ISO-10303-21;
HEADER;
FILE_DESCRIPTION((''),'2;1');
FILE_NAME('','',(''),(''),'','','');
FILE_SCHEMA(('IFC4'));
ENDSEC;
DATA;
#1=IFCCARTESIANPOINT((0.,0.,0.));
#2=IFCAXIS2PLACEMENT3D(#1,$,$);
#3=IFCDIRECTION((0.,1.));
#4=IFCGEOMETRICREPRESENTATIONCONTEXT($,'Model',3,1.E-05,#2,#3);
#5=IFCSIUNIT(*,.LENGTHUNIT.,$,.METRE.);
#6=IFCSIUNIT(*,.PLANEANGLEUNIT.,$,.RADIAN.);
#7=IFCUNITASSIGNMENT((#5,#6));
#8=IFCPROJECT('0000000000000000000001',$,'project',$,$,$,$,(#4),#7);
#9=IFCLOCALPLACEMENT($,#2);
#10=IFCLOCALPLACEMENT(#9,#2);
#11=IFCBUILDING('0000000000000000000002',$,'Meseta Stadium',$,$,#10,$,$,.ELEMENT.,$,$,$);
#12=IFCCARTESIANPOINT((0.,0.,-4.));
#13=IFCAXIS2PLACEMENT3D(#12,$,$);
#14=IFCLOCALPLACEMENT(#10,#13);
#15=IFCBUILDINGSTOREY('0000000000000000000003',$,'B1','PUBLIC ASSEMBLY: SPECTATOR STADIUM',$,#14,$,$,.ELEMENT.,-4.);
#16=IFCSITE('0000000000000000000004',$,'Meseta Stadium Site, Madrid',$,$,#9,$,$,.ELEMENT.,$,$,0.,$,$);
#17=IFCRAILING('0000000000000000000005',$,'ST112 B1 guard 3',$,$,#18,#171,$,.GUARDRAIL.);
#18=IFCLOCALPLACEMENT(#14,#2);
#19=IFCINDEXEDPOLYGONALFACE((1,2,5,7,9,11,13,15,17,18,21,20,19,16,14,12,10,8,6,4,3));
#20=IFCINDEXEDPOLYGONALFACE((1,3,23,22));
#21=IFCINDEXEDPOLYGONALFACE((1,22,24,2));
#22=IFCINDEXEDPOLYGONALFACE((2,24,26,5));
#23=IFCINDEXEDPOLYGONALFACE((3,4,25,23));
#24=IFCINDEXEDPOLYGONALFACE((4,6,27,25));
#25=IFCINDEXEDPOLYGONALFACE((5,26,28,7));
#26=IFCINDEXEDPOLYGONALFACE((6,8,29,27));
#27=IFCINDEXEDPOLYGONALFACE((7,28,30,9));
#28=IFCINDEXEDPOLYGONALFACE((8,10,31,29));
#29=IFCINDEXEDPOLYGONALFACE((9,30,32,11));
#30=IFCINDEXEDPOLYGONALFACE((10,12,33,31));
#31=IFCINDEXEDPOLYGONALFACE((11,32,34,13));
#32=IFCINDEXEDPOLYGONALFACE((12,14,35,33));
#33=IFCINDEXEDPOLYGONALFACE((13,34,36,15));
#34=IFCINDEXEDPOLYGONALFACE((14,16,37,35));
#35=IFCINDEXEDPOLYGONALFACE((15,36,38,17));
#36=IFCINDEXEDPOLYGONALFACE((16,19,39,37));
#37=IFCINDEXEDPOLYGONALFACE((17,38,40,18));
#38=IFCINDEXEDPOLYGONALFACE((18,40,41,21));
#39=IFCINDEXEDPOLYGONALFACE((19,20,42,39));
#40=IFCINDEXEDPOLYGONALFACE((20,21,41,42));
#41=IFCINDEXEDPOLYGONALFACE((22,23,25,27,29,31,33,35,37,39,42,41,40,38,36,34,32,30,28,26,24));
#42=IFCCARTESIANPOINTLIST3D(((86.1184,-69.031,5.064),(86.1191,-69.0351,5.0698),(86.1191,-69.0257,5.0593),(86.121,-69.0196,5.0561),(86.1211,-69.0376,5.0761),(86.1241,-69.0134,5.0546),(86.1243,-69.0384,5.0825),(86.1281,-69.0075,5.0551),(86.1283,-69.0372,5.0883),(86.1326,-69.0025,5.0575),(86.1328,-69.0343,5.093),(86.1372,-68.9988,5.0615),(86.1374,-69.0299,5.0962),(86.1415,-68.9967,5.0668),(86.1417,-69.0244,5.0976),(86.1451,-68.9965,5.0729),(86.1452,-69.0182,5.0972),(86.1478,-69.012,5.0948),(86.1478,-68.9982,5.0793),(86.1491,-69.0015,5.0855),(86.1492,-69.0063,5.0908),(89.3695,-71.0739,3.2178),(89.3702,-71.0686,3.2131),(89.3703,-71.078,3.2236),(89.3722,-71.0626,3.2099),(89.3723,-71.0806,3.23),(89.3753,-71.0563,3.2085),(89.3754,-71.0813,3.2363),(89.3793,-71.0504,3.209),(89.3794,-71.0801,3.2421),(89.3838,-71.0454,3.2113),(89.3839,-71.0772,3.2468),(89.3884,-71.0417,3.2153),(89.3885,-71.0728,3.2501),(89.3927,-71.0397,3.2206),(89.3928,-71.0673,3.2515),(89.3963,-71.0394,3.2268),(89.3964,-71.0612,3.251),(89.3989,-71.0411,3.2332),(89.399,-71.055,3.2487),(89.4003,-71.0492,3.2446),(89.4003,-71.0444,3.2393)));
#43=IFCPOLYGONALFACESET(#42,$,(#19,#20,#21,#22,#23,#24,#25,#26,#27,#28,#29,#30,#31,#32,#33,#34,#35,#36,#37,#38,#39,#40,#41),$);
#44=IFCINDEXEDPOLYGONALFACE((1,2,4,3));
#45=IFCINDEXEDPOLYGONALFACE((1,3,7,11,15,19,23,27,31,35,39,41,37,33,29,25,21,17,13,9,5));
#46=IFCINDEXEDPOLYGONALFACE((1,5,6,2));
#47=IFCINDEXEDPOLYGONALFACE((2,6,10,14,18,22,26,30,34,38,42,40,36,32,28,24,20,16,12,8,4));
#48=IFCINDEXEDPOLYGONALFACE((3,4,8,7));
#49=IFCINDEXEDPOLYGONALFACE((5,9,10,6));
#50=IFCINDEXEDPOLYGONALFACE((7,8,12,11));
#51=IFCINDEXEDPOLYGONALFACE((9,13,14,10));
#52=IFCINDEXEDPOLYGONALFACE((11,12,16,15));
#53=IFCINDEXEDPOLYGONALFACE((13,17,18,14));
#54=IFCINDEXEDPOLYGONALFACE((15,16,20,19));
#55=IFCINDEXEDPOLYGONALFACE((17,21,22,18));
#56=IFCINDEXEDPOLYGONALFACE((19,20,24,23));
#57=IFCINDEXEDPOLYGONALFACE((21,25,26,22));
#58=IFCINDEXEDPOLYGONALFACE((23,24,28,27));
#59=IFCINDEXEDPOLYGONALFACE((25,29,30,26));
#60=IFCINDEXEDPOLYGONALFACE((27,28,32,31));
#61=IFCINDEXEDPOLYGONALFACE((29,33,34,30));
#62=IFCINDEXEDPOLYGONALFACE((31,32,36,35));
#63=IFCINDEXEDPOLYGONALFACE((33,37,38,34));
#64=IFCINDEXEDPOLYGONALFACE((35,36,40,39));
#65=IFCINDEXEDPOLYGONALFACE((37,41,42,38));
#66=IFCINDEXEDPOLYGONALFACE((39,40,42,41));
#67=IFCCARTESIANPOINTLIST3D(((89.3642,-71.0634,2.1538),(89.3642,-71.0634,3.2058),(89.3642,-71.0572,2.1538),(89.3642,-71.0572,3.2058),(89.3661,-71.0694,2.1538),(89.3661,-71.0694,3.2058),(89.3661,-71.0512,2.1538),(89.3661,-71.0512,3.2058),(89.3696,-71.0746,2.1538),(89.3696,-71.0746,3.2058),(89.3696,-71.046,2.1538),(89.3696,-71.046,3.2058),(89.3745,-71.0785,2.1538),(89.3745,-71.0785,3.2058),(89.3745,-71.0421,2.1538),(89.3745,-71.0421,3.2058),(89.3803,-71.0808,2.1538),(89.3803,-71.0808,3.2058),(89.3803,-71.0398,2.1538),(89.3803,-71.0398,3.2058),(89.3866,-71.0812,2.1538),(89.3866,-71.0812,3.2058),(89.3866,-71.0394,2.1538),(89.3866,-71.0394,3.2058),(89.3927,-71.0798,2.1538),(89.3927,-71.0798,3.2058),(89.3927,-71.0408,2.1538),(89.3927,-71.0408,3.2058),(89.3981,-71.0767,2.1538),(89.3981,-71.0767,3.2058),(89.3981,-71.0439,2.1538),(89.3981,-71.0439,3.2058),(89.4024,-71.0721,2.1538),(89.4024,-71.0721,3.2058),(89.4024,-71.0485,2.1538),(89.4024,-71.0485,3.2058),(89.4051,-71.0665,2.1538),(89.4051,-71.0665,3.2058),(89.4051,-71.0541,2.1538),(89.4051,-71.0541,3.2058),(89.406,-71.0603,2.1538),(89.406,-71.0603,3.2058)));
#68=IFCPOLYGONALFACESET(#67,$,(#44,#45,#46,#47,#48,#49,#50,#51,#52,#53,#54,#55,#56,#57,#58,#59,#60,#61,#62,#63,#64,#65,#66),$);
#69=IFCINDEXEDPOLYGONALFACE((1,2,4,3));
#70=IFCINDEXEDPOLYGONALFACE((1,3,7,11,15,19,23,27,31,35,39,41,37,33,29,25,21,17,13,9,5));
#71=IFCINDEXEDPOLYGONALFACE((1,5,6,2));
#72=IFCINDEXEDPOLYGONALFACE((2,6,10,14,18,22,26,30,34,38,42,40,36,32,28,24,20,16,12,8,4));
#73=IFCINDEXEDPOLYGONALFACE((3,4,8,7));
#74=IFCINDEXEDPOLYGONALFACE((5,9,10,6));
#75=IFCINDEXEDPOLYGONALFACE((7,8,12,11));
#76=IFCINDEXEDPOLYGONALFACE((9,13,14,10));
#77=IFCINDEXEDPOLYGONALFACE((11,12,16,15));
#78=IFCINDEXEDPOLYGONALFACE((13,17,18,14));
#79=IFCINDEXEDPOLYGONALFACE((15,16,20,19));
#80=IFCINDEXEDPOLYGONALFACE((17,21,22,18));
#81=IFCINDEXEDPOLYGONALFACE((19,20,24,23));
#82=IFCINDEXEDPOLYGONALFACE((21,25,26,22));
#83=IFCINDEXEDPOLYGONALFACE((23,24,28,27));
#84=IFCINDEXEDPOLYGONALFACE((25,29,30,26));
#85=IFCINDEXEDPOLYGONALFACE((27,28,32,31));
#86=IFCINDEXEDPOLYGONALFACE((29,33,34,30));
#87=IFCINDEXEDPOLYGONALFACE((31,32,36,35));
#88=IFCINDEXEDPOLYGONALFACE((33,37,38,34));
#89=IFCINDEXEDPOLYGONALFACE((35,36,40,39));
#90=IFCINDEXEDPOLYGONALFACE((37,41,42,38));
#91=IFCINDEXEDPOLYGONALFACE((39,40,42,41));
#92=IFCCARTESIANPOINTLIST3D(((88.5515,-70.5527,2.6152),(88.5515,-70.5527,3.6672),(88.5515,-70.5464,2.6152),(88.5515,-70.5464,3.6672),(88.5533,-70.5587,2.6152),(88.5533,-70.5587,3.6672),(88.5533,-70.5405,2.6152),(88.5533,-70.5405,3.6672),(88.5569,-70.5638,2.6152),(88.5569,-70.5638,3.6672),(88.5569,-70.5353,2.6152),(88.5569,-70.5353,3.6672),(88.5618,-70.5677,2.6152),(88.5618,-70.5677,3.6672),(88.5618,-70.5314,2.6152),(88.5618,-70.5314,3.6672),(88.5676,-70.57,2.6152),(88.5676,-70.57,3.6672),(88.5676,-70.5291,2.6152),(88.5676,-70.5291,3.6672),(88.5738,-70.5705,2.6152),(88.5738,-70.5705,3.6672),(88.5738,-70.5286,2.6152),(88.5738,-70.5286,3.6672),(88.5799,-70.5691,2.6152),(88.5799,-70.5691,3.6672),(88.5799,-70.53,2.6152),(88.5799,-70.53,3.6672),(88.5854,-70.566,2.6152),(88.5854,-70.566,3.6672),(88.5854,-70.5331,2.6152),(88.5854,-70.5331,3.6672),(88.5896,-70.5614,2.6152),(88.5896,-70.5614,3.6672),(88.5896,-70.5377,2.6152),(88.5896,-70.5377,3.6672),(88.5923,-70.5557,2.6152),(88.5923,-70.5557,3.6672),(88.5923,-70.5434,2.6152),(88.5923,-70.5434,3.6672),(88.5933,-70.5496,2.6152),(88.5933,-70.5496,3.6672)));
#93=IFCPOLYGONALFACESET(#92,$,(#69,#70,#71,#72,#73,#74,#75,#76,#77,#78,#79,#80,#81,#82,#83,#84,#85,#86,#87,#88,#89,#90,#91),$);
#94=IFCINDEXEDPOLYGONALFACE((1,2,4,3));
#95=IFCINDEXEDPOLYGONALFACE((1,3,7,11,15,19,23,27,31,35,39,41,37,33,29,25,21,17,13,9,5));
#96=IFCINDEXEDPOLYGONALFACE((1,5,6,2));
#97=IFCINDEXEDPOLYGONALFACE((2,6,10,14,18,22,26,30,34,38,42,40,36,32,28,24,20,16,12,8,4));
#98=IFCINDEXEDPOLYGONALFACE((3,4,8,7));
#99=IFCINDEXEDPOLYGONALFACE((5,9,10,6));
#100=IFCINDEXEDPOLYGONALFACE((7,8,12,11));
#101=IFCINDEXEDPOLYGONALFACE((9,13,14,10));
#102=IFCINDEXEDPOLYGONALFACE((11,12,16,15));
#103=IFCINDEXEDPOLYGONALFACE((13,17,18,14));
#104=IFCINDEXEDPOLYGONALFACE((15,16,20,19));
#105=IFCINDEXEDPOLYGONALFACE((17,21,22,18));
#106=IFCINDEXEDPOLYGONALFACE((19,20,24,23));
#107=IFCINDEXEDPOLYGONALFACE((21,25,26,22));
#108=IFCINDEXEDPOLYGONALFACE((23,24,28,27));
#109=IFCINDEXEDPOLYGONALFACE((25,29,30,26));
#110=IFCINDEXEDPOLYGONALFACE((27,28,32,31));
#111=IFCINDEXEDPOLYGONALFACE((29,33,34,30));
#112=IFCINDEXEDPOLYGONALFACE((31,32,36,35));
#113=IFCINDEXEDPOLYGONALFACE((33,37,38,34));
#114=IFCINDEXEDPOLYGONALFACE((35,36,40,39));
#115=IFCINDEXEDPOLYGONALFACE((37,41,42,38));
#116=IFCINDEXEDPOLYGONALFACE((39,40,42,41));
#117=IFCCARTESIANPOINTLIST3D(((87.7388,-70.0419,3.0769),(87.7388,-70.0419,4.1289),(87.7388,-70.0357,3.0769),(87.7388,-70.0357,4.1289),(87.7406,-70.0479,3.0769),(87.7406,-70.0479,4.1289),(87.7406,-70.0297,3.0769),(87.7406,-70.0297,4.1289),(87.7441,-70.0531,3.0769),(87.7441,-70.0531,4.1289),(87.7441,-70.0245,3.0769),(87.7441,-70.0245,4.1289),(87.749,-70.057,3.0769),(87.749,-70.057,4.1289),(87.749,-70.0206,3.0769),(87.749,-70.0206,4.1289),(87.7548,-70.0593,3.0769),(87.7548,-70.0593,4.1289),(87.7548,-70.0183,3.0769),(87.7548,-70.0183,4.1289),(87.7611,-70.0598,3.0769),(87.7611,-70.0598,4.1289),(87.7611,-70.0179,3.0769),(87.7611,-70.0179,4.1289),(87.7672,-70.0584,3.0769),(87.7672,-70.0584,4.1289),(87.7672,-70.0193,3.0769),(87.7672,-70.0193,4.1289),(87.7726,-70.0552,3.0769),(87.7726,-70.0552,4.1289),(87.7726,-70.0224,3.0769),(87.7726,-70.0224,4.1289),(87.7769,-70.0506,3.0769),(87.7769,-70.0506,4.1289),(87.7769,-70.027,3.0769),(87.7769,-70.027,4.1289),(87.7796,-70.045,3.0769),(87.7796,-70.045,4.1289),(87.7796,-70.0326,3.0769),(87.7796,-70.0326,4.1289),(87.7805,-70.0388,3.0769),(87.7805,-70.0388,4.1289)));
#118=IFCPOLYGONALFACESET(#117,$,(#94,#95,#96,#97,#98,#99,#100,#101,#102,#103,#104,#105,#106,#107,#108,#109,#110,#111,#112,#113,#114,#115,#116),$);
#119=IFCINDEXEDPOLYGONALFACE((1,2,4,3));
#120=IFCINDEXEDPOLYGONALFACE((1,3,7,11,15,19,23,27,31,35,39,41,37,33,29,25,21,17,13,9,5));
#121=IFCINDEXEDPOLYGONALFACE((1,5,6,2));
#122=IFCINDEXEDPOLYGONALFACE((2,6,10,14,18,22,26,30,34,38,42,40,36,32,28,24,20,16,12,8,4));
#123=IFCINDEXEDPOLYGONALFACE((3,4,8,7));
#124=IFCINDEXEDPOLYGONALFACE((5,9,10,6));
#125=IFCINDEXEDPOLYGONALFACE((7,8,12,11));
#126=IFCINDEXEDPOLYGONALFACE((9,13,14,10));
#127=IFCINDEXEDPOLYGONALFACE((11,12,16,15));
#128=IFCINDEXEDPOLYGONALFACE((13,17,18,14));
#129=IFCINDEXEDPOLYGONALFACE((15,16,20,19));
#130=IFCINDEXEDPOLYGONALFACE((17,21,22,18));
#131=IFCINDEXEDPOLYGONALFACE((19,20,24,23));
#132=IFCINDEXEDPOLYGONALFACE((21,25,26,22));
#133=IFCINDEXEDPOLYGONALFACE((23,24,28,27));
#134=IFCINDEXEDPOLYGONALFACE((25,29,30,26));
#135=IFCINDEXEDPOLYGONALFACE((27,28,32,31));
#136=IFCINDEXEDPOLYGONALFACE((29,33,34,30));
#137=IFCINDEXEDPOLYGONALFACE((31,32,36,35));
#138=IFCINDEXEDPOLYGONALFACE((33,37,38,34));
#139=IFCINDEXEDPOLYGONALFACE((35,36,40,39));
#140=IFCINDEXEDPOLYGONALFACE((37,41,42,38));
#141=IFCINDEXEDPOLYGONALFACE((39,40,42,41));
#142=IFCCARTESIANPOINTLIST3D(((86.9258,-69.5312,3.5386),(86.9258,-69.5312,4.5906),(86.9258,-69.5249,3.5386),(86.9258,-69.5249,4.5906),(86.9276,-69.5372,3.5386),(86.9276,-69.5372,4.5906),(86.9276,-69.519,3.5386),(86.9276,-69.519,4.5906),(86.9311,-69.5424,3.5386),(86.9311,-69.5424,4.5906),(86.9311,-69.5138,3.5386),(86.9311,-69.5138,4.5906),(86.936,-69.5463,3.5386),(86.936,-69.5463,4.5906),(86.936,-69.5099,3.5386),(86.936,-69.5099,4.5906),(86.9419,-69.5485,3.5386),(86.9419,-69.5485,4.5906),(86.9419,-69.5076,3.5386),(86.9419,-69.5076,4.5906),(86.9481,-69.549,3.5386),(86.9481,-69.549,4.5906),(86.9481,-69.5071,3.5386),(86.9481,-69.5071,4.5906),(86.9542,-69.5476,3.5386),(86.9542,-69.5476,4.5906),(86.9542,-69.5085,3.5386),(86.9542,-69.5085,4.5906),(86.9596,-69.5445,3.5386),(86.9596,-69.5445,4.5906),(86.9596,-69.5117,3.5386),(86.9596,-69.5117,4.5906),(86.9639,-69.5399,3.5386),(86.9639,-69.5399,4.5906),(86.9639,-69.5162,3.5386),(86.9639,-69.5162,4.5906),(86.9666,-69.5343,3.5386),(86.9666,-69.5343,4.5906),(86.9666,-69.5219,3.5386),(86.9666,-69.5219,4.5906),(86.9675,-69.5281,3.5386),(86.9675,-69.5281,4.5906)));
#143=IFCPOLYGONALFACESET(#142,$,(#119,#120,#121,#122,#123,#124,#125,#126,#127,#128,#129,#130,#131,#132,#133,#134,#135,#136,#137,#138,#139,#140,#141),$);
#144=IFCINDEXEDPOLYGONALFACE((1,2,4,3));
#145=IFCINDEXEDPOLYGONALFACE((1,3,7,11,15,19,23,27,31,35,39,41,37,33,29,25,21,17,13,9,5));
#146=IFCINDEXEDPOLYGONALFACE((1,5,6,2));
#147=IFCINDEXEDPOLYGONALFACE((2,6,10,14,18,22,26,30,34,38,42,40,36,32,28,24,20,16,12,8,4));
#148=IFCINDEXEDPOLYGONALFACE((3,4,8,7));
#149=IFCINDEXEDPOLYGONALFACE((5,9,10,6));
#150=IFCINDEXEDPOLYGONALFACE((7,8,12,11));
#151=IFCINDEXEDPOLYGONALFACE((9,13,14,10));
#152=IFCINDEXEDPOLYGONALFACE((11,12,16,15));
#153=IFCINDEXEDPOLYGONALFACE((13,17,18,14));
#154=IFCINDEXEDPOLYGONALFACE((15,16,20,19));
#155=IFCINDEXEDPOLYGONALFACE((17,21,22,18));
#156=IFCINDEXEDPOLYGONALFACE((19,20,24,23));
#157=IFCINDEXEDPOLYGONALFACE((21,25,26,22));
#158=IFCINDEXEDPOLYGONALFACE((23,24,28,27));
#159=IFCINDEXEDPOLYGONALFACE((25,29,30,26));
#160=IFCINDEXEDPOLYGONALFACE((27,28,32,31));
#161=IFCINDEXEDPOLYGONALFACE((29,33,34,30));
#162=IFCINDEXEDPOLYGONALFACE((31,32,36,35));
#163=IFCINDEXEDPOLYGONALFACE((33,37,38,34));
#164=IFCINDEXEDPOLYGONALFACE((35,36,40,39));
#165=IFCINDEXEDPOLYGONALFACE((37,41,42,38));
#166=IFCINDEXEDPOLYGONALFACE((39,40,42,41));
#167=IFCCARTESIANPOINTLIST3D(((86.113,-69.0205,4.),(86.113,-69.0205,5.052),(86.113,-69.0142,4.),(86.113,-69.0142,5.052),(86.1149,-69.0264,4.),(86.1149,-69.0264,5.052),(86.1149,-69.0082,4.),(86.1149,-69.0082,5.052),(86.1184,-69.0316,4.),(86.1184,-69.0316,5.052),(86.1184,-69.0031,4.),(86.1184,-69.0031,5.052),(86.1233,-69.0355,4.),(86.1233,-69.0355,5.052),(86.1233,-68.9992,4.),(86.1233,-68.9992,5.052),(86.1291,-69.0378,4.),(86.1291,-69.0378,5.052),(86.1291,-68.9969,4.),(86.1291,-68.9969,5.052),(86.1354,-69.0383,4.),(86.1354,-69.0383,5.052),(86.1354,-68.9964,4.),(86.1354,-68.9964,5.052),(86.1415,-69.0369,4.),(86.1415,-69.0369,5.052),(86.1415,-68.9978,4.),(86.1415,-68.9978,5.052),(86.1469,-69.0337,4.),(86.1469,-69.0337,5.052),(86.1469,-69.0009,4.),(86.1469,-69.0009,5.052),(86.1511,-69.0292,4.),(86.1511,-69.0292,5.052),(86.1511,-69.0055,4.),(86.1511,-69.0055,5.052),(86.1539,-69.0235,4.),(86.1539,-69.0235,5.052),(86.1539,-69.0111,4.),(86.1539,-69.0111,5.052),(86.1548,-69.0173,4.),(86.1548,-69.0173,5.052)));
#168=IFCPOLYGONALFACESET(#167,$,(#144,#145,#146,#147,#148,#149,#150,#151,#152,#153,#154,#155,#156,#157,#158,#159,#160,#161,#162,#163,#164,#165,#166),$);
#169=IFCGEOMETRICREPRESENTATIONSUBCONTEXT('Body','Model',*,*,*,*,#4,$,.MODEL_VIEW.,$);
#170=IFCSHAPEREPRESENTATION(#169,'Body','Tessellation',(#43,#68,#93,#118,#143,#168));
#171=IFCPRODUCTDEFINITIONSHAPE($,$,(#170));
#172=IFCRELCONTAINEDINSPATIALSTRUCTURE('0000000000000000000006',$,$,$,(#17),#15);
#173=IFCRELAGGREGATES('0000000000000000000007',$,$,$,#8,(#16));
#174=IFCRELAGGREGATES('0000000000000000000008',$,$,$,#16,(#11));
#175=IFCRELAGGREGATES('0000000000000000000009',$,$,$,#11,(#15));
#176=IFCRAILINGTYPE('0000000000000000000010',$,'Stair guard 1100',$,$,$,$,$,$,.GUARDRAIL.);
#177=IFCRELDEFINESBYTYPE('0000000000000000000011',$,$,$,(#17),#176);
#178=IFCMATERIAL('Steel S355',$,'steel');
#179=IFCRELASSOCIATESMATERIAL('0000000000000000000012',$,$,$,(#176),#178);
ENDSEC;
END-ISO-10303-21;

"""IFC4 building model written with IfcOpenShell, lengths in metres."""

from ifc_helpers import new_model, si_unit, direction, frame, origin, origin_2d, place, context, subcontext, project, spatial, circle, extrude, material, type_object, element, save


model = new_model("IFC4")

# Units and contexts
model_context = context("Model", 3, precision=1e-05, world=origin(), true_north=direction((0.0, 1.0)))
body_context = subcontext(model_context, "Body", "Model", "MODEL_VIEW")
ifc_project = project(units=[si_unit("LENGTHUNIT", "METRE"), si_unit("PLANEANGLEUNIT", "RADIAN")], contexts=[model_context])

# Site, building, storey
site_placement = place(None, origin())
site = spatial("IfcSite", under=ifc_project, at=site_placement, Name="Meseta Stadium Site, Madrid", CompositionType="ELEMENT", RefElevation=0.0)
building_placement = place(site_placement, origin())
building = spatial("IfcBuilding", under=site, at=building_placement, Name="Meseta Stadium", CompositionType="ELEMENT")
storey_placement = place(building_placement, frame((0.0, 0.0, -4.0)))
storey = spatial("IfcBuildingStorey", under=building, at=storey_placement, Name="B1", Description="PUBLIC ASSEMBLY: SPECTATOR STADIUM", CompositionType="ELEMENT", Elevation=-4.0)

# Railing
ifc_material_1 = material(Name="Steel S355", Category="steel")
railing_type_1 = type_object("IfcRailingType", Name="Stair guard 1100", PredefinedType="GUARDRAIL", material=ifc_material_1)
railing_1_placement = place(storey_placement, frame((89.385, -71.0603, 2.1538)))
element("IfcRailing", 1, at=railing_1_placement, inside=storey, type_object=railing_type_1, Name="ST112 B1 guard 3", PredefinedType="GUARDRAIL", context=body_context, shape_type="SweptSolid", body=[
    extrude(circle(Radius=0.0239, at=origin_2d()), frame((0.0, 0.0, 1.0762), z_axis=(-0.763093, 0.479504, 0.433319), x_axis=(-0.532049, -0.846713, 0.0)), (0.0, 0.0, 1.0), 4.2605),
    extrude(circle(Radius=0.021, at=origin_2d()), origin(), (0.0, 0.0, 1.0), 1.052),
    extrude(circle(Radius=0.021, at=origin_2d()), frame((-0.8127, 0.5107, 0.4614)), (0.0, 0.0, 1.0), 1.052),
    extrude(circle(Radius=0.021, at=origin_2d()), frame((-1.6255, 1.0215, 0.9231)), (0.0, 0.0, 1.0), 1.052),
    extrude(circle(Radius=0.021, at=origin_2d()), frame((-2.4385, 1.5322, 1.3848)), (0.0, 0.0, 1.0), 1.052),
    extrude(circle(Radius=0.021, at=origin_2d()), frame((-3.2512, 2.043, 1.8462)), (0.0, 0.0, 1.0), 1.052),
])

save(model, "model.ifc")
